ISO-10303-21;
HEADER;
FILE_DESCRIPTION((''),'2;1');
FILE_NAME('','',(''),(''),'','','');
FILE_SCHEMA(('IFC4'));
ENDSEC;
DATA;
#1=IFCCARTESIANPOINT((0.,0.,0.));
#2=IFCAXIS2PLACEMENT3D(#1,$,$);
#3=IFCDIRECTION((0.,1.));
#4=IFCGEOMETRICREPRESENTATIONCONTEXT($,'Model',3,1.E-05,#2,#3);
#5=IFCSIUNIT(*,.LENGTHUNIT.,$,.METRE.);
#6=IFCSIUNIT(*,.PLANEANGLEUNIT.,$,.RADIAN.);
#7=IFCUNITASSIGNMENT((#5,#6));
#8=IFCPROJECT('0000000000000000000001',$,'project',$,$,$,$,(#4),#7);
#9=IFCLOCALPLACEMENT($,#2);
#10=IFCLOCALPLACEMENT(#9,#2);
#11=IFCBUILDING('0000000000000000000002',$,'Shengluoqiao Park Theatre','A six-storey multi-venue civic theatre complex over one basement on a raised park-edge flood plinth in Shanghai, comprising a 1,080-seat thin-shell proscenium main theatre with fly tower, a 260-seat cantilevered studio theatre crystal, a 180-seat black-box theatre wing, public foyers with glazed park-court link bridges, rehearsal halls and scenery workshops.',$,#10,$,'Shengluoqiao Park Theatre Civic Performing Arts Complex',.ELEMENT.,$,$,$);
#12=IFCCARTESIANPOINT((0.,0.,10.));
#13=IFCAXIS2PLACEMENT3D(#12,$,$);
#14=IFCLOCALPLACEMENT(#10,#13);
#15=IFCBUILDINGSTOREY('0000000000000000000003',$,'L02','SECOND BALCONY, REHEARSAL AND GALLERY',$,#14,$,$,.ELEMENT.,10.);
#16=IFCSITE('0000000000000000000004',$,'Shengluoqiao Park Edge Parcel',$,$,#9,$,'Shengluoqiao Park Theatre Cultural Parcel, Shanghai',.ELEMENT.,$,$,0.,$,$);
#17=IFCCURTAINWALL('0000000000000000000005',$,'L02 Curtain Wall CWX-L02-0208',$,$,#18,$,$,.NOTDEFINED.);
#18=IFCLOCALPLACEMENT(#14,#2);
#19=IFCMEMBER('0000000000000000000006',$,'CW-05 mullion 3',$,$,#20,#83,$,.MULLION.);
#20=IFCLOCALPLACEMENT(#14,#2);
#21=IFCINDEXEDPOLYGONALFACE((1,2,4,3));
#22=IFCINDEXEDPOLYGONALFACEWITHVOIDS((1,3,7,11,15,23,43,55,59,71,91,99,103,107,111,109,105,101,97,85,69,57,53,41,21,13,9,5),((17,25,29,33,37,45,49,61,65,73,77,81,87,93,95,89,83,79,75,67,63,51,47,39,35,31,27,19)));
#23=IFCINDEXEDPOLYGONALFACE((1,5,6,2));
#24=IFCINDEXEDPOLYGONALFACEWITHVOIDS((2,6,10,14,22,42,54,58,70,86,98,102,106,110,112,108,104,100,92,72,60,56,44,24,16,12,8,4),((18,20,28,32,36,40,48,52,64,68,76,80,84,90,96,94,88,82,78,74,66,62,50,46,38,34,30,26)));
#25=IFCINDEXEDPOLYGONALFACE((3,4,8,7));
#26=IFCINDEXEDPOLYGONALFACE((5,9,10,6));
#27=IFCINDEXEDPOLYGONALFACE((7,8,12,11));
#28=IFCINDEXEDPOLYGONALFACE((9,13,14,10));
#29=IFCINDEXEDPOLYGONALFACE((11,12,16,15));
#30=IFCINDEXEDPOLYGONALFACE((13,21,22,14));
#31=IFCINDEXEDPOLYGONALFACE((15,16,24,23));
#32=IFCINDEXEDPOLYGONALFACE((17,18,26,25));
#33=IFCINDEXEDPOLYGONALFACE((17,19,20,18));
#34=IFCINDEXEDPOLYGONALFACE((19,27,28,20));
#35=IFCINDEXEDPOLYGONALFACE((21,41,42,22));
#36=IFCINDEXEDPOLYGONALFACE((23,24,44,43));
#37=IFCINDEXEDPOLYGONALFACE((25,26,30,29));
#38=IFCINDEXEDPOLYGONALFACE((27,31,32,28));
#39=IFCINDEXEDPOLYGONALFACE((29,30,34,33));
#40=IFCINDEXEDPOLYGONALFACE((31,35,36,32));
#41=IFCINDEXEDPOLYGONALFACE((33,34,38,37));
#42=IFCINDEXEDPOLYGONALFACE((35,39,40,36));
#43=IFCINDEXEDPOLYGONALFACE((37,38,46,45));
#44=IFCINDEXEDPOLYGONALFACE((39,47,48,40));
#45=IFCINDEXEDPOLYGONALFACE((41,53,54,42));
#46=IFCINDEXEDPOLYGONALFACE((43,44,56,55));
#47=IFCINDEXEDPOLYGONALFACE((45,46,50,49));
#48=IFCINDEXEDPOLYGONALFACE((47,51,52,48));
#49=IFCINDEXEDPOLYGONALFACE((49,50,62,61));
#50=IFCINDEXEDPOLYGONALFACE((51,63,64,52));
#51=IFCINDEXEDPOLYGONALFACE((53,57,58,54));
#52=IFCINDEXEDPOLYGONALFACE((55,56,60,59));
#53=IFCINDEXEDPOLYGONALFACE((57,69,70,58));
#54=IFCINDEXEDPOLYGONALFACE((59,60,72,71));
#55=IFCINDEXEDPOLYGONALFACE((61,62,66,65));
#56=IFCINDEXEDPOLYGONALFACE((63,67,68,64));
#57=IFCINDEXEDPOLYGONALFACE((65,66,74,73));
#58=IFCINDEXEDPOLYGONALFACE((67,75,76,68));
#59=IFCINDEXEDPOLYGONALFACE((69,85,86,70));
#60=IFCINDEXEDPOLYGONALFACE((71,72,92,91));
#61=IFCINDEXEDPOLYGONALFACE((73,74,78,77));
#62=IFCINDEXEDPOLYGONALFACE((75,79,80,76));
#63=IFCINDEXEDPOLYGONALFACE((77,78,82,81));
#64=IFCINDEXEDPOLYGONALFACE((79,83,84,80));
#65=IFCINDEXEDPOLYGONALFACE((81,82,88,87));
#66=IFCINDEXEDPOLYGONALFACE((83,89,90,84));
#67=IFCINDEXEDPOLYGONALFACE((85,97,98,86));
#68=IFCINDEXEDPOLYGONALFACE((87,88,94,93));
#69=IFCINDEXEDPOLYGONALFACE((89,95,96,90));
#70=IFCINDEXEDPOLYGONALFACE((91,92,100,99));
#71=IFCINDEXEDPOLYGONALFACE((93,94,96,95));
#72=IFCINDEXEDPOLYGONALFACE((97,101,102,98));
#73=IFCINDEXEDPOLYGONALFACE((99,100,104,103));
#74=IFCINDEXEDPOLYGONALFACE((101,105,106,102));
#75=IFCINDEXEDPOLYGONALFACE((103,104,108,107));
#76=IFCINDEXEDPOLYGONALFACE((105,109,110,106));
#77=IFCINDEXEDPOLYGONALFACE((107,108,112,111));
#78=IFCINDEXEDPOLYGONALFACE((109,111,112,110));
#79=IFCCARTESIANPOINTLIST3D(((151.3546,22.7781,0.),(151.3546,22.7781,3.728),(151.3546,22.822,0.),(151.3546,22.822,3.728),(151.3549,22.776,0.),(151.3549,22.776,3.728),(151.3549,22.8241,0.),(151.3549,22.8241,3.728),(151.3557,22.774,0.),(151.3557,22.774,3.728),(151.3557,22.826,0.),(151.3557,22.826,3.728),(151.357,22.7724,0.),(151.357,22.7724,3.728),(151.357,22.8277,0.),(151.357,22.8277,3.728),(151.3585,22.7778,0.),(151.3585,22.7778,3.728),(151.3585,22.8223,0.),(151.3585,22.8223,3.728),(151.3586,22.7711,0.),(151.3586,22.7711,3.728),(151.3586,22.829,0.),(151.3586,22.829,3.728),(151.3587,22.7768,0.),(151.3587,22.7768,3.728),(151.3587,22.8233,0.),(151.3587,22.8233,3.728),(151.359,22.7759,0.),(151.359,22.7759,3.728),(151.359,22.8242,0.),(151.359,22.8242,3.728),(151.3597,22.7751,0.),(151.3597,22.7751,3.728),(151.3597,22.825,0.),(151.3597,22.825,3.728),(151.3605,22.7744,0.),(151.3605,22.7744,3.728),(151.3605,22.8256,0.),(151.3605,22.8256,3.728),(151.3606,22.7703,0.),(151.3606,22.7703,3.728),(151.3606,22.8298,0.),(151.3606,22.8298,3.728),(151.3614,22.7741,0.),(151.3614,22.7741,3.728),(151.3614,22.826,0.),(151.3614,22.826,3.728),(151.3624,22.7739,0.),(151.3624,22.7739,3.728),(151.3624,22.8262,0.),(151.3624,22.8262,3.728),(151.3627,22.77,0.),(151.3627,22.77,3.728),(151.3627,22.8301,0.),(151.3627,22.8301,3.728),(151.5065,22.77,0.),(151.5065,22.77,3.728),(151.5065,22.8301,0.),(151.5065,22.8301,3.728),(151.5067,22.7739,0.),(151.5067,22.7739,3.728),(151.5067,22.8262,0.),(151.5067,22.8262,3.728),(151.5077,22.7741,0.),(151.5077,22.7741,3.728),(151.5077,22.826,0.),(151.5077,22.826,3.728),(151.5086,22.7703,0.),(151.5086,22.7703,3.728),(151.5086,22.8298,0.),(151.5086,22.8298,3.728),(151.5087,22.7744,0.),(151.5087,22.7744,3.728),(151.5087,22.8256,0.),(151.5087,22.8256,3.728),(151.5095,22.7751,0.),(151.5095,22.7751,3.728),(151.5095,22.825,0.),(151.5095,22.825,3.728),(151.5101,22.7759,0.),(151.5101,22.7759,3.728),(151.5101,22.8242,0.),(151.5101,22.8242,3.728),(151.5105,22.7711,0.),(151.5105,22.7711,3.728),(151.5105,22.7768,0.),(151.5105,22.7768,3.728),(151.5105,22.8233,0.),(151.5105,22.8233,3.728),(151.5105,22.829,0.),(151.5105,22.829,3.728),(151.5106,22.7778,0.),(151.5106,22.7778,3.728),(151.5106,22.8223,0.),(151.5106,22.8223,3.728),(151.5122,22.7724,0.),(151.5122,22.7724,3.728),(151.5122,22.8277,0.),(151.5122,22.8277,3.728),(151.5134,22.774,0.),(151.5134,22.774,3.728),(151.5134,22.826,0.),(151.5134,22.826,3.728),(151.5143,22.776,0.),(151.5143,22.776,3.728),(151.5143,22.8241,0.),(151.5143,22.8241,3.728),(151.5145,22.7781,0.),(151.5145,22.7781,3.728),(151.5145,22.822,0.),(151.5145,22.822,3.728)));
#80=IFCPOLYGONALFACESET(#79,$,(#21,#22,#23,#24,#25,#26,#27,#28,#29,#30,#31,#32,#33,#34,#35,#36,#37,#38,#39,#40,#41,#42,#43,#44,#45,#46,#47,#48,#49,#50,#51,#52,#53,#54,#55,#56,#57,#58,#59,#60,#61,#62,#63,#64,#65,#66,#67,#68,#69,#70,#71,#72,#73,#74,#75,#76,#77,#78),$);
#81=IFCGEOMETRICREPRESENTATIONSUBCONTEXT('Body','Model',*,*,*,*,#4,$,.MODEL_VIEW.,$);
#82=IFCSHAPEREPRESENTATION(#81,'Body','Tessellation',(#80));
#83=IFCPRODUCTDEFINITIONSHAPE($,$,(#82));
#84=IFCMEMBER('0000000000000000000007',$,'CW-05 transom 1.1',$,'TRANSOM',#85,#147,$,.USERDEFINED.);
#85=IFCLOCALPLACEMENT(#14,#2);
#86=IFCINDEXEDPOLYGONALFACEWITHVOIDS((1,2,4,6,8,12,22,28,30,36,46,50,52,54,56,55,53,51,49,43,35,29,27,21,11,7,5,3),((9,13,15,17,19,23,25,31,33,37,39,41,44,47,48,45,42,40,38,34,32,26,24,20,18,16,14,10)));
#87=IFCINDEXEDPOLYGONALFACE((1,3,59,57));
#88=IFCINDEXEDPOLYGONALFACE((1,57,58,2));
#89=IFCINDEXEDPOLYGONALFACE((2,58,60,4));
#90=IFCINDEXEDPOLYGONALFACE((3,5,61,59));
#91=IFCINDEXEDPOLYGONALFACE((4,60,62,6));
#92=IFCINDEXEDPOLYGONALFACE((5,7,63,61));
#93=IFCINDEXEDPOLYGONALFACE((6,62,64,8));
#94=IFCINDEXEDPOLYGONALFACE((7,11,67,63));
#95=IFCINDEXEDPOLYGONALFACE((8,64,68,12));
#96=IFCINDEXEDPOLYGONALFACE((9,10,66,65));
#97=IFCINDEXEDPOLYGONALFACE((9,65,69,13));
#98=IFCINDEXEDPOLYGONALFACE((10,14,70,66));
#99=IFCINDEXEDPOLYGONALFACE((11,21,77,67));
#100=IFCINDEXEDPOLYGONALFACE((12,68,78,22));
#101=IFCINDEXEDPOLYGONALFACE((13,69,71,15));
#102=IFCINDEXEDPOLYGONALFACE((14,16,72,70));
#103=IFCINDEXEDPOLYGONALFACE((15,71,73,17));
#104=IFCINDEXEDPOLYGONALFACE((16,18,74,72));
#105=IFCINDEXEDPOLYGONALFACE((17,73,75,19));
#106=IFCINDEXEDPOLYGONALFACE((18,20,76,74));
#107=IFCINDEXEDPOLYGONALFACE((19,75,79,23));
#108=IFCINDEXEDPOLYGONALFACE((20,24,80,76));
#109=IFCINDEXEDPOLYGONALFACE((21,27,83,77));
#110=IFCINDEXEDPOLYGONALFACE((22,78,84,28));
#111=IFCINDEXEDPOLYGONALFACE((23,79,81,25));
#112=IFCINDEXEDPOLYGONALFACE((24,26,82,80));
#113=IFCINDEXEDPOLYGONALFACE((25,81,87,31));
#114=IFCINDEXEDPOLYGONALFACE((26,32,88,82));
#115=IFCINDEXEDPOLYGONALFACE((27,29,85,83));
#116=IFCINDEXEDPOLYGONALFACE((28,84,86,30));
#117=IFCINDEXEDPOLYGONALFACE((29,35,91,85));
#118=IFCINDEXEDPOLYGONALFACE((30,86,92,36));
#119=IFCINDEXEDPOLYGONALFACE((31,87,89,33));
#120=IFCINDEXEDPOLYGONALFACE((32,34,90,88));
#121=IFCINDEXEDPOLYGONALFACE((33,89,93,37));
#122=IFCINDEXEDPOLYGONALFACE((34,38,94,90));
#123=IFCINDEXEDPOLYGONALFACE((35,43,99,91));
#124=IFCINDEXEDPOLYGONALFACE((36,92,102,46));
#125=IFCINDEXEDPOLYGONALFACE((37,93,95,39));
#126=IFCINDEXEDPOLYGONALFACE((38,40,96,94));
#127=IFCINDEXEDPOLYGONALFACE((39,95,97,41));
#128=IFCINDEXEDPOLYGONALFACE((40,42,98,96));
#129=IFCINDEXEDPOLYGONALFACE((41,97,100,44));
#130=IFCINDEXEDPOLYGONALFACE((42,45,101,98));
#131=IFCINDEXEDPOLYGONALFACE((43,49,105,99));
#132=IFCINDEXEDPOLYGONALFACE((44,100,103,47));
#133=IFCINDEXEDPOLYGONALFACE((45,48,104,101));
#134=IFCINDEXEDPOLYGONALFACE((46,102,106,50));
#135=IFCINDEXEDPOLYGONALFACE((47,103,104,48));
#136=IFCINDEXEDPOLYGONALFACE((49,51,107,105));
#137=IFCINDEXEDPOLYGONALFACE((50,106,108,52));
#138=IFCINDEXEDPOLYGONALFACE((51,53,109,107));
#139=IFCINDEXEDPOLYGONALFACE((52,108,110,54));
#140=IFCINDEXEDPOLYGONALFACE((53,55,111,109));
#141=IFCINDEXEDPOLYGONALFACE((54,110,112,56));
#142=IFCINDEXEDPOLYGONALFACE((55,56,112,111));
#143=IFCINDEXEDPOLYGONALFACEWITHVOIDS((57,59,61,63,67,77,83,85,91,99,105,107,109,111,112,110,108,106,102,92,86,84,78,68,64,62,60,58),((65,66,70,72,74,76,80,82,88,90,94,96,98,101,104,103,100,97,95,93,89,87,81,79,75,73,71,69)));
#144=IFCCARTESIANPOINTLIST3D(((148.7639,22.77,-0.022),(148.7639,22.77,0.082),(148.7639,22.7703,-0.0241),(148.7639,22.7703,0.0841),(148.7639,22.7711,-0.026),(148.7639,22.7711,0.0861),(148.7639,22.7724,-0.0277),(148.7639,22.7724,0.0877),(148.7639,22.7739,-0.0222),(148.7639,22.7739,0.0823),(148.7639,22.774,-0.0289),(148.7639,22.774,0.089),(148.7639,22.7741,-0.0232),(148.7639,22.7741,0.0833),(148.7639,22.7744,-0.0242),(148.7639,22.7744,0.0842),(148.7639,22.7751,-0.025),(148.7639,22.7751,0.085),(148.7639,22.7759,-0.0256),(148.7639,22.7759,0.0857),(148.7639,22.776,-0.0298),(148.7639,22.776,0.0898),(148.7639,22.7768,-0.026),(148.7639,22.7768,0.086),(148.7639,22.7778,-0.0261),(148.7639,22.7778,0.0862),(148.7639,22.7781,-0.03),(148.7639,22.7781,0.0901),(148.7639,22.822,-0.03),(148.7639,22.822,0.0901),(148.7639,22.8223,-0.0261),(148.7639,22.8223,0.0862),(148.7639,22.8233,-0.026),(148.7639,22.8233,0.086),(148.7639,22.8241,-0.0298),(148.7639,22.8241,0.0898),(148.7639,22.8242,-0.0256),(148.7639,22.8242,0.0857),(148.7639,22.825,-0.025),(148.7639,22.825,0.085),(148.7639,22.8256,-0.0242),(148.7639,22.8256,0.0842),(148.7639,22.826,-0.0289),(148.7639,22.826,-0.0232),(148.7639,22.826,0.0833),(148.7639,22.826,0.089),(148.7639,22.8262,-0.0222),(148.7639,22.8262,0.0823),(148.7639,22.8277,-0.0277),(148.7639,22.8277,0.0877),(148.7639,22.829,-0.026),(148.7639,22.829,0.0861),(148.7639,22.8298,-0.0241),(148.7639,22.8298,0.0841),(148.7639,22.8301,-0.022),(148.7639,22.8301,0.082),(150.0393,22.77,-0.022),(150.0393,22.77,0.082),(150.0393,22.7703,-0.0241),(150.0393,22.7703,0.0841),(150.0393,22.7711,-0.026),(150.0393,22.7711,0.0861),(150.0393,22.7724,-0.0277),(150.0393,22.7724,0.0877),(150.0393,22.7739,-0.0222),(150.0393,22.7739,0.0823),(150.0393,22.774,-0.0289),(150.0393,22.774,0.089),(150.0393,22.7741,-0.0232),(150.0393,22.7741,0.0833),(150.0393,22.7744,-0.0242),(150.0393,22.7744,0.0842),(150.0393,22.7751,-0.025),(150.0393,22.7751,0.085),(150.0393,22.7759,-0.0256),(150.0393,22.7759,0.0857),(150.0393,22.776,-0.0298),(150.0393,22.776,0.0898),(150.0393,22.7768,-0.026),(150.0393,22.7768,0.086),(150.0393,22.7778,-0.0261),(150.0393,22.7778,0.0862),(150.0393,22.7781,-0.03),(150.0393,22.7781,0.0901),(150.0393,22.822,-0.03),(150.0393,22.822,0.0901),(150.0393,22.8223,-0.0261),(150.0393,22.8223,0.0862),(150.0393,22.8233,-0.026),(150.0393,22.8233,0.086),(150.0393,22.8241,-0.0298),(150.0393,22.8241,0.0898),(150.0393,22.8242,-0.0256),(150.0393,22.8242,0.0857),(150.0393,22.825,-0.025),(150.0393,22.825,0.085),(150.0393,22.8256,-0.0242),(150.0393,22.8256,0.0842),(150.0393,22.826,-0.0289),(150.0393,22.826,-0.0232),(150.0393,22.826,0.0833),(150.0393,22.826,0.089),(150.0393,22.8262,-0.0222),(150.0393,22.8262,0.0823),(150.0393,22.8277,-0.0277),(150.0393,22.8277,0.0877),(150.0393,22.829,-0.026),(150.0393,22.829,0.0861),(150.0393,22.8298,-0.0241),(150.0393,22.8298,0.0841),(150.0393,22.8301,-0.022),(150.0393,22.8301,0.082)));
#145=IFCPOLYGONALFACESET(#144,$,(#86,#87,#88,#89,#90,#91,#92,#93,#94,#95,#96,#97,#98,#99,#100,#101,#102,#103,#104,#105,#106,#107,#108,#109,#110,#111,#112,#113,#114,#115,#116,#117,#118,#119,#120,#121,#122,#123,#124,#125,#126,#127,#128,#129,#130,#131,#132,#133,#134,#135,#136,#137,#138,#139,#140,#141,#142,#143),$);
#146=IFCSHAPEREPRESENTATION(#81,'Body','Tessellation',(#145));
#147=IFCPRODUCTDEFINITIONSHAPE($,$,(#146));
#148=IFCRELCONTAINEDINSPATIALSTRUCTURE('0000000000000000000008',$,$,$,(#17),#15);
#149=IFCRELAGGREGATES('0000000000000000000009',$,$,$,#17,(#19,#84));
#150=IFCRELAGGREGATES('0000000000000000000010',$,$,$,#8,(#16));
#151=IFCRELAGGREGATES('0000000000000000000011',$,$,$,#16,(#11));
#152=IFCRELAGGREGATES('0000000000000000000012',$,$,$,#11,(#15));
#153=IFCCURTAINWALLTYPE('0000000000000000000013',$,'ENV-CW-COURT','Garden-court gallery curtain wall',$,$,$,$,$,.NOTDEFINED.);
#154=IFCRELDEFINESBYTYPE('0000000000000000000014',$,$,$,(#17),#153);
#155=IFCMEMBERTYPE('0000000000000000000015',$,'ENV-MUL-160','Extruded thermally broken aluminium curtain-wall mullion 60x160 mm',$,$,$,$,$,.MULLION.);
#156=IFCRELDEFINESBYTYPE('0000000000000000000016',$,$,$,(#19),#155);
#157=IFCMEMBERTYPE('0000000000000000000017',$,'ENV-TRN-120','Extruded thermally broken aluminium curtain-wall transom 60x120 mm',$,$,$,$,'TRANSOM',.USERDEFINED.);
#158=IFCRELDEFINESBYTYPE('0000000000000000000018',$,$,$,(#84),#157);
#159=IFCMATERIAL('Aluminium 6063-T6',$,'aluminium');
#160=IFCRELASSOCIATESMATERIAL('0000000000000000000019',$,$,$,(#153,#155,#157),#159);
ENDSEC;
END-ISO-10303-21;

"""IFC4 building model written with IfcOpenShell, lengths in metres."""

from ifc_helpers import new_model, si_unit, direction, frame, origin, origin_2d, place, context, subcontext, project, spatial, hollow_rectangle, extrude, material, material_profile, profile_set, type_object, element, aggregate, save


model = new_model("IFC4")

# Units and contexts
model_context = context("Model", 3, precision=1e-05, world=origin(), true_north=direction((0.0, 1.0)))
body_context = subcontext(model_context, "Body", "Model", "MODEL_VIEW")
ifc_project = project(units=[si_unit("LENGTHUNIT", "METRE"), si_unit("PLANEANGLEUNIT", "RADIAN")], contexts=[model_context])

# Site, building, storey
site_placement = place(None, origin())
site = spatial("IfcSite", under=ifc_project, at=site_placement, Name="Shengluoqiao Park Edge Parcel", LongName="Shengluoqiao Park Theatre Cultural Parcel, Shanghai", CompositionType="ELEMENT", RefElevation=0.0)
building_placement = place(site_placement, origin())
building = spatial("IfcBuilding", under=site, at=building_placement, Name="Shengluoqiao Park Theatre", Description="A six-storey multi-venue civic theatre complex over one basement on a raised park-edge flood plinth in Shanghai, comprising a 1,080-seat thin-shell proscenium main theatre with fly tower, a 260-seat cantilevered studio theatre crystal, a 180-seat black-box theatre wing, public foyers with glazed park-court link bridges, rehearsal halls and scenery workshops.", LongName="Shengluoqiao Park Theatre Civic Performing Arts Complex", CompositionType="ELEMENT")
storey_placement = place(building_placement, frame((0.0, 0.0, 10.0)))
storey = spatial("IfcBuildingStorey", under=building, at=storey_placement, Name="L02", Description="SECOND BALCONY, REHEARSAL AND GALLERY", CompositionType="ELEMENT", Elevation=10.0)

# Curtain wall, members
ifc_material_1 = material(Name="Aluminium 6063-T6", Category="aluminium")
curtain_wall_type = type_object("IfcCurtainWallType", Name="ENV-CW-COURT", Description="Garden-court gallery curtain wall", PredefinedType="NOTDEFINED", material=ifc_material_1)
curtain_wall_placement = place(storey_placement, origin())
curtain_wall = element("IfcCurtainWall", 1, at=curtain_wall_placement, inside=storey, type_object=curtain_wall_type, Name="L02 Curtain Wall CWX-L02-0208", PredefinedType="NOTDEFINED")
ifc_material_profile_1 = material_profile(ifc_material_1, hollow_rectangle(XDim=0.0601, YDim=0.1599, WallThickness=0.0039, InnerFilletRadius=0.0039, OuterFilletRadius=0.0081, at=origin_2d()), Name="ALU MULLION 160x60x4")
ifc_profile_set_1 = profile_set([ifc_material_profile_1], Name="Aluminium 6063-T6")
member_type_1 = type_object("IfcMemberType", Name="ENV-MUL-160", Description="Extruded thermally broken aluminium curtain-wall mullion 60x160 mm", PredefinedType="MULLION", material=ifc_profile_set_1)
member_1_placement = place(storey_placement, frame((151.4346, 22.8, 0.0), z_axis=(0.0, 0.0, 1.0), x_axis=(0.0, 1.0, 0.0)))
member_1 = element("IfcMember", 2, at=member_1_placement, type_object=member_type_1, Name="CW-05 mullion 3", PredefinedType="MULLION", context=body_context, shape_type="SweptSolid", body=[
    extrude(hollow_rectangle(XDim=0.0601, YDim=0.1599, WallThickness=0.0039, InnerFilletRadius=0.0039, OuterFilletRadius=0.0081, at=origin_2d()), origin(), (0.0, 0.0, 1.0), 3.728),
])
ifc_material_profile_2 = material_profile(ifc_material_1, hollow_rectangle(XDim=0.0601, YDim=0.1201, WallThickness=0.0039, InnerFilletRadius=0.0039, OuterFilletRadius=0.0081, at=origin_2d()), Name="ALU TRANSOM 120x60x4")
ifc_profile_set_2 = profile_set([ifc_material_profile_2], Name="Aluminium 6063-T6")
member_type_2 = type_object("IfcMemberType", Name="ENV-TRN-120", Description="Extruded thermally broken aluminium curtain-wall transom 60x120 mm", ElementType="TRANSOM", PredefinedType="USERDEFINED", material=ifc_profile_set_2)
member_2_placement = place(storey_placement, frame((148.7639, 22.8, 0.03), z_axis=(1.0, 0.0, 0.0), x_axis=(0.0, 1.0, 0.0)))
member_2 = element("IfcMember", 3, at=member_2_placement, type_object=member_type_2, Name="CW-05 transom 1.1", ObjectType="TRANSOM", PredefinedType="USERDEFINED", context=body_context, shape_type="SweptSolid", body=[
    extrude(hollow_rectangle(XDim=0.0601, YDim=0.1201, WallThickness=0.0039, InnerFilletRadius=0.0039, OuterFilletRadius=0.0081, at=origin_2d()), origin(), (0.0, 0.0, 1.0), 1.2754),
])

aggregate(curtain_wall, [member_1, member_2])

save(model, "model.ifc")
